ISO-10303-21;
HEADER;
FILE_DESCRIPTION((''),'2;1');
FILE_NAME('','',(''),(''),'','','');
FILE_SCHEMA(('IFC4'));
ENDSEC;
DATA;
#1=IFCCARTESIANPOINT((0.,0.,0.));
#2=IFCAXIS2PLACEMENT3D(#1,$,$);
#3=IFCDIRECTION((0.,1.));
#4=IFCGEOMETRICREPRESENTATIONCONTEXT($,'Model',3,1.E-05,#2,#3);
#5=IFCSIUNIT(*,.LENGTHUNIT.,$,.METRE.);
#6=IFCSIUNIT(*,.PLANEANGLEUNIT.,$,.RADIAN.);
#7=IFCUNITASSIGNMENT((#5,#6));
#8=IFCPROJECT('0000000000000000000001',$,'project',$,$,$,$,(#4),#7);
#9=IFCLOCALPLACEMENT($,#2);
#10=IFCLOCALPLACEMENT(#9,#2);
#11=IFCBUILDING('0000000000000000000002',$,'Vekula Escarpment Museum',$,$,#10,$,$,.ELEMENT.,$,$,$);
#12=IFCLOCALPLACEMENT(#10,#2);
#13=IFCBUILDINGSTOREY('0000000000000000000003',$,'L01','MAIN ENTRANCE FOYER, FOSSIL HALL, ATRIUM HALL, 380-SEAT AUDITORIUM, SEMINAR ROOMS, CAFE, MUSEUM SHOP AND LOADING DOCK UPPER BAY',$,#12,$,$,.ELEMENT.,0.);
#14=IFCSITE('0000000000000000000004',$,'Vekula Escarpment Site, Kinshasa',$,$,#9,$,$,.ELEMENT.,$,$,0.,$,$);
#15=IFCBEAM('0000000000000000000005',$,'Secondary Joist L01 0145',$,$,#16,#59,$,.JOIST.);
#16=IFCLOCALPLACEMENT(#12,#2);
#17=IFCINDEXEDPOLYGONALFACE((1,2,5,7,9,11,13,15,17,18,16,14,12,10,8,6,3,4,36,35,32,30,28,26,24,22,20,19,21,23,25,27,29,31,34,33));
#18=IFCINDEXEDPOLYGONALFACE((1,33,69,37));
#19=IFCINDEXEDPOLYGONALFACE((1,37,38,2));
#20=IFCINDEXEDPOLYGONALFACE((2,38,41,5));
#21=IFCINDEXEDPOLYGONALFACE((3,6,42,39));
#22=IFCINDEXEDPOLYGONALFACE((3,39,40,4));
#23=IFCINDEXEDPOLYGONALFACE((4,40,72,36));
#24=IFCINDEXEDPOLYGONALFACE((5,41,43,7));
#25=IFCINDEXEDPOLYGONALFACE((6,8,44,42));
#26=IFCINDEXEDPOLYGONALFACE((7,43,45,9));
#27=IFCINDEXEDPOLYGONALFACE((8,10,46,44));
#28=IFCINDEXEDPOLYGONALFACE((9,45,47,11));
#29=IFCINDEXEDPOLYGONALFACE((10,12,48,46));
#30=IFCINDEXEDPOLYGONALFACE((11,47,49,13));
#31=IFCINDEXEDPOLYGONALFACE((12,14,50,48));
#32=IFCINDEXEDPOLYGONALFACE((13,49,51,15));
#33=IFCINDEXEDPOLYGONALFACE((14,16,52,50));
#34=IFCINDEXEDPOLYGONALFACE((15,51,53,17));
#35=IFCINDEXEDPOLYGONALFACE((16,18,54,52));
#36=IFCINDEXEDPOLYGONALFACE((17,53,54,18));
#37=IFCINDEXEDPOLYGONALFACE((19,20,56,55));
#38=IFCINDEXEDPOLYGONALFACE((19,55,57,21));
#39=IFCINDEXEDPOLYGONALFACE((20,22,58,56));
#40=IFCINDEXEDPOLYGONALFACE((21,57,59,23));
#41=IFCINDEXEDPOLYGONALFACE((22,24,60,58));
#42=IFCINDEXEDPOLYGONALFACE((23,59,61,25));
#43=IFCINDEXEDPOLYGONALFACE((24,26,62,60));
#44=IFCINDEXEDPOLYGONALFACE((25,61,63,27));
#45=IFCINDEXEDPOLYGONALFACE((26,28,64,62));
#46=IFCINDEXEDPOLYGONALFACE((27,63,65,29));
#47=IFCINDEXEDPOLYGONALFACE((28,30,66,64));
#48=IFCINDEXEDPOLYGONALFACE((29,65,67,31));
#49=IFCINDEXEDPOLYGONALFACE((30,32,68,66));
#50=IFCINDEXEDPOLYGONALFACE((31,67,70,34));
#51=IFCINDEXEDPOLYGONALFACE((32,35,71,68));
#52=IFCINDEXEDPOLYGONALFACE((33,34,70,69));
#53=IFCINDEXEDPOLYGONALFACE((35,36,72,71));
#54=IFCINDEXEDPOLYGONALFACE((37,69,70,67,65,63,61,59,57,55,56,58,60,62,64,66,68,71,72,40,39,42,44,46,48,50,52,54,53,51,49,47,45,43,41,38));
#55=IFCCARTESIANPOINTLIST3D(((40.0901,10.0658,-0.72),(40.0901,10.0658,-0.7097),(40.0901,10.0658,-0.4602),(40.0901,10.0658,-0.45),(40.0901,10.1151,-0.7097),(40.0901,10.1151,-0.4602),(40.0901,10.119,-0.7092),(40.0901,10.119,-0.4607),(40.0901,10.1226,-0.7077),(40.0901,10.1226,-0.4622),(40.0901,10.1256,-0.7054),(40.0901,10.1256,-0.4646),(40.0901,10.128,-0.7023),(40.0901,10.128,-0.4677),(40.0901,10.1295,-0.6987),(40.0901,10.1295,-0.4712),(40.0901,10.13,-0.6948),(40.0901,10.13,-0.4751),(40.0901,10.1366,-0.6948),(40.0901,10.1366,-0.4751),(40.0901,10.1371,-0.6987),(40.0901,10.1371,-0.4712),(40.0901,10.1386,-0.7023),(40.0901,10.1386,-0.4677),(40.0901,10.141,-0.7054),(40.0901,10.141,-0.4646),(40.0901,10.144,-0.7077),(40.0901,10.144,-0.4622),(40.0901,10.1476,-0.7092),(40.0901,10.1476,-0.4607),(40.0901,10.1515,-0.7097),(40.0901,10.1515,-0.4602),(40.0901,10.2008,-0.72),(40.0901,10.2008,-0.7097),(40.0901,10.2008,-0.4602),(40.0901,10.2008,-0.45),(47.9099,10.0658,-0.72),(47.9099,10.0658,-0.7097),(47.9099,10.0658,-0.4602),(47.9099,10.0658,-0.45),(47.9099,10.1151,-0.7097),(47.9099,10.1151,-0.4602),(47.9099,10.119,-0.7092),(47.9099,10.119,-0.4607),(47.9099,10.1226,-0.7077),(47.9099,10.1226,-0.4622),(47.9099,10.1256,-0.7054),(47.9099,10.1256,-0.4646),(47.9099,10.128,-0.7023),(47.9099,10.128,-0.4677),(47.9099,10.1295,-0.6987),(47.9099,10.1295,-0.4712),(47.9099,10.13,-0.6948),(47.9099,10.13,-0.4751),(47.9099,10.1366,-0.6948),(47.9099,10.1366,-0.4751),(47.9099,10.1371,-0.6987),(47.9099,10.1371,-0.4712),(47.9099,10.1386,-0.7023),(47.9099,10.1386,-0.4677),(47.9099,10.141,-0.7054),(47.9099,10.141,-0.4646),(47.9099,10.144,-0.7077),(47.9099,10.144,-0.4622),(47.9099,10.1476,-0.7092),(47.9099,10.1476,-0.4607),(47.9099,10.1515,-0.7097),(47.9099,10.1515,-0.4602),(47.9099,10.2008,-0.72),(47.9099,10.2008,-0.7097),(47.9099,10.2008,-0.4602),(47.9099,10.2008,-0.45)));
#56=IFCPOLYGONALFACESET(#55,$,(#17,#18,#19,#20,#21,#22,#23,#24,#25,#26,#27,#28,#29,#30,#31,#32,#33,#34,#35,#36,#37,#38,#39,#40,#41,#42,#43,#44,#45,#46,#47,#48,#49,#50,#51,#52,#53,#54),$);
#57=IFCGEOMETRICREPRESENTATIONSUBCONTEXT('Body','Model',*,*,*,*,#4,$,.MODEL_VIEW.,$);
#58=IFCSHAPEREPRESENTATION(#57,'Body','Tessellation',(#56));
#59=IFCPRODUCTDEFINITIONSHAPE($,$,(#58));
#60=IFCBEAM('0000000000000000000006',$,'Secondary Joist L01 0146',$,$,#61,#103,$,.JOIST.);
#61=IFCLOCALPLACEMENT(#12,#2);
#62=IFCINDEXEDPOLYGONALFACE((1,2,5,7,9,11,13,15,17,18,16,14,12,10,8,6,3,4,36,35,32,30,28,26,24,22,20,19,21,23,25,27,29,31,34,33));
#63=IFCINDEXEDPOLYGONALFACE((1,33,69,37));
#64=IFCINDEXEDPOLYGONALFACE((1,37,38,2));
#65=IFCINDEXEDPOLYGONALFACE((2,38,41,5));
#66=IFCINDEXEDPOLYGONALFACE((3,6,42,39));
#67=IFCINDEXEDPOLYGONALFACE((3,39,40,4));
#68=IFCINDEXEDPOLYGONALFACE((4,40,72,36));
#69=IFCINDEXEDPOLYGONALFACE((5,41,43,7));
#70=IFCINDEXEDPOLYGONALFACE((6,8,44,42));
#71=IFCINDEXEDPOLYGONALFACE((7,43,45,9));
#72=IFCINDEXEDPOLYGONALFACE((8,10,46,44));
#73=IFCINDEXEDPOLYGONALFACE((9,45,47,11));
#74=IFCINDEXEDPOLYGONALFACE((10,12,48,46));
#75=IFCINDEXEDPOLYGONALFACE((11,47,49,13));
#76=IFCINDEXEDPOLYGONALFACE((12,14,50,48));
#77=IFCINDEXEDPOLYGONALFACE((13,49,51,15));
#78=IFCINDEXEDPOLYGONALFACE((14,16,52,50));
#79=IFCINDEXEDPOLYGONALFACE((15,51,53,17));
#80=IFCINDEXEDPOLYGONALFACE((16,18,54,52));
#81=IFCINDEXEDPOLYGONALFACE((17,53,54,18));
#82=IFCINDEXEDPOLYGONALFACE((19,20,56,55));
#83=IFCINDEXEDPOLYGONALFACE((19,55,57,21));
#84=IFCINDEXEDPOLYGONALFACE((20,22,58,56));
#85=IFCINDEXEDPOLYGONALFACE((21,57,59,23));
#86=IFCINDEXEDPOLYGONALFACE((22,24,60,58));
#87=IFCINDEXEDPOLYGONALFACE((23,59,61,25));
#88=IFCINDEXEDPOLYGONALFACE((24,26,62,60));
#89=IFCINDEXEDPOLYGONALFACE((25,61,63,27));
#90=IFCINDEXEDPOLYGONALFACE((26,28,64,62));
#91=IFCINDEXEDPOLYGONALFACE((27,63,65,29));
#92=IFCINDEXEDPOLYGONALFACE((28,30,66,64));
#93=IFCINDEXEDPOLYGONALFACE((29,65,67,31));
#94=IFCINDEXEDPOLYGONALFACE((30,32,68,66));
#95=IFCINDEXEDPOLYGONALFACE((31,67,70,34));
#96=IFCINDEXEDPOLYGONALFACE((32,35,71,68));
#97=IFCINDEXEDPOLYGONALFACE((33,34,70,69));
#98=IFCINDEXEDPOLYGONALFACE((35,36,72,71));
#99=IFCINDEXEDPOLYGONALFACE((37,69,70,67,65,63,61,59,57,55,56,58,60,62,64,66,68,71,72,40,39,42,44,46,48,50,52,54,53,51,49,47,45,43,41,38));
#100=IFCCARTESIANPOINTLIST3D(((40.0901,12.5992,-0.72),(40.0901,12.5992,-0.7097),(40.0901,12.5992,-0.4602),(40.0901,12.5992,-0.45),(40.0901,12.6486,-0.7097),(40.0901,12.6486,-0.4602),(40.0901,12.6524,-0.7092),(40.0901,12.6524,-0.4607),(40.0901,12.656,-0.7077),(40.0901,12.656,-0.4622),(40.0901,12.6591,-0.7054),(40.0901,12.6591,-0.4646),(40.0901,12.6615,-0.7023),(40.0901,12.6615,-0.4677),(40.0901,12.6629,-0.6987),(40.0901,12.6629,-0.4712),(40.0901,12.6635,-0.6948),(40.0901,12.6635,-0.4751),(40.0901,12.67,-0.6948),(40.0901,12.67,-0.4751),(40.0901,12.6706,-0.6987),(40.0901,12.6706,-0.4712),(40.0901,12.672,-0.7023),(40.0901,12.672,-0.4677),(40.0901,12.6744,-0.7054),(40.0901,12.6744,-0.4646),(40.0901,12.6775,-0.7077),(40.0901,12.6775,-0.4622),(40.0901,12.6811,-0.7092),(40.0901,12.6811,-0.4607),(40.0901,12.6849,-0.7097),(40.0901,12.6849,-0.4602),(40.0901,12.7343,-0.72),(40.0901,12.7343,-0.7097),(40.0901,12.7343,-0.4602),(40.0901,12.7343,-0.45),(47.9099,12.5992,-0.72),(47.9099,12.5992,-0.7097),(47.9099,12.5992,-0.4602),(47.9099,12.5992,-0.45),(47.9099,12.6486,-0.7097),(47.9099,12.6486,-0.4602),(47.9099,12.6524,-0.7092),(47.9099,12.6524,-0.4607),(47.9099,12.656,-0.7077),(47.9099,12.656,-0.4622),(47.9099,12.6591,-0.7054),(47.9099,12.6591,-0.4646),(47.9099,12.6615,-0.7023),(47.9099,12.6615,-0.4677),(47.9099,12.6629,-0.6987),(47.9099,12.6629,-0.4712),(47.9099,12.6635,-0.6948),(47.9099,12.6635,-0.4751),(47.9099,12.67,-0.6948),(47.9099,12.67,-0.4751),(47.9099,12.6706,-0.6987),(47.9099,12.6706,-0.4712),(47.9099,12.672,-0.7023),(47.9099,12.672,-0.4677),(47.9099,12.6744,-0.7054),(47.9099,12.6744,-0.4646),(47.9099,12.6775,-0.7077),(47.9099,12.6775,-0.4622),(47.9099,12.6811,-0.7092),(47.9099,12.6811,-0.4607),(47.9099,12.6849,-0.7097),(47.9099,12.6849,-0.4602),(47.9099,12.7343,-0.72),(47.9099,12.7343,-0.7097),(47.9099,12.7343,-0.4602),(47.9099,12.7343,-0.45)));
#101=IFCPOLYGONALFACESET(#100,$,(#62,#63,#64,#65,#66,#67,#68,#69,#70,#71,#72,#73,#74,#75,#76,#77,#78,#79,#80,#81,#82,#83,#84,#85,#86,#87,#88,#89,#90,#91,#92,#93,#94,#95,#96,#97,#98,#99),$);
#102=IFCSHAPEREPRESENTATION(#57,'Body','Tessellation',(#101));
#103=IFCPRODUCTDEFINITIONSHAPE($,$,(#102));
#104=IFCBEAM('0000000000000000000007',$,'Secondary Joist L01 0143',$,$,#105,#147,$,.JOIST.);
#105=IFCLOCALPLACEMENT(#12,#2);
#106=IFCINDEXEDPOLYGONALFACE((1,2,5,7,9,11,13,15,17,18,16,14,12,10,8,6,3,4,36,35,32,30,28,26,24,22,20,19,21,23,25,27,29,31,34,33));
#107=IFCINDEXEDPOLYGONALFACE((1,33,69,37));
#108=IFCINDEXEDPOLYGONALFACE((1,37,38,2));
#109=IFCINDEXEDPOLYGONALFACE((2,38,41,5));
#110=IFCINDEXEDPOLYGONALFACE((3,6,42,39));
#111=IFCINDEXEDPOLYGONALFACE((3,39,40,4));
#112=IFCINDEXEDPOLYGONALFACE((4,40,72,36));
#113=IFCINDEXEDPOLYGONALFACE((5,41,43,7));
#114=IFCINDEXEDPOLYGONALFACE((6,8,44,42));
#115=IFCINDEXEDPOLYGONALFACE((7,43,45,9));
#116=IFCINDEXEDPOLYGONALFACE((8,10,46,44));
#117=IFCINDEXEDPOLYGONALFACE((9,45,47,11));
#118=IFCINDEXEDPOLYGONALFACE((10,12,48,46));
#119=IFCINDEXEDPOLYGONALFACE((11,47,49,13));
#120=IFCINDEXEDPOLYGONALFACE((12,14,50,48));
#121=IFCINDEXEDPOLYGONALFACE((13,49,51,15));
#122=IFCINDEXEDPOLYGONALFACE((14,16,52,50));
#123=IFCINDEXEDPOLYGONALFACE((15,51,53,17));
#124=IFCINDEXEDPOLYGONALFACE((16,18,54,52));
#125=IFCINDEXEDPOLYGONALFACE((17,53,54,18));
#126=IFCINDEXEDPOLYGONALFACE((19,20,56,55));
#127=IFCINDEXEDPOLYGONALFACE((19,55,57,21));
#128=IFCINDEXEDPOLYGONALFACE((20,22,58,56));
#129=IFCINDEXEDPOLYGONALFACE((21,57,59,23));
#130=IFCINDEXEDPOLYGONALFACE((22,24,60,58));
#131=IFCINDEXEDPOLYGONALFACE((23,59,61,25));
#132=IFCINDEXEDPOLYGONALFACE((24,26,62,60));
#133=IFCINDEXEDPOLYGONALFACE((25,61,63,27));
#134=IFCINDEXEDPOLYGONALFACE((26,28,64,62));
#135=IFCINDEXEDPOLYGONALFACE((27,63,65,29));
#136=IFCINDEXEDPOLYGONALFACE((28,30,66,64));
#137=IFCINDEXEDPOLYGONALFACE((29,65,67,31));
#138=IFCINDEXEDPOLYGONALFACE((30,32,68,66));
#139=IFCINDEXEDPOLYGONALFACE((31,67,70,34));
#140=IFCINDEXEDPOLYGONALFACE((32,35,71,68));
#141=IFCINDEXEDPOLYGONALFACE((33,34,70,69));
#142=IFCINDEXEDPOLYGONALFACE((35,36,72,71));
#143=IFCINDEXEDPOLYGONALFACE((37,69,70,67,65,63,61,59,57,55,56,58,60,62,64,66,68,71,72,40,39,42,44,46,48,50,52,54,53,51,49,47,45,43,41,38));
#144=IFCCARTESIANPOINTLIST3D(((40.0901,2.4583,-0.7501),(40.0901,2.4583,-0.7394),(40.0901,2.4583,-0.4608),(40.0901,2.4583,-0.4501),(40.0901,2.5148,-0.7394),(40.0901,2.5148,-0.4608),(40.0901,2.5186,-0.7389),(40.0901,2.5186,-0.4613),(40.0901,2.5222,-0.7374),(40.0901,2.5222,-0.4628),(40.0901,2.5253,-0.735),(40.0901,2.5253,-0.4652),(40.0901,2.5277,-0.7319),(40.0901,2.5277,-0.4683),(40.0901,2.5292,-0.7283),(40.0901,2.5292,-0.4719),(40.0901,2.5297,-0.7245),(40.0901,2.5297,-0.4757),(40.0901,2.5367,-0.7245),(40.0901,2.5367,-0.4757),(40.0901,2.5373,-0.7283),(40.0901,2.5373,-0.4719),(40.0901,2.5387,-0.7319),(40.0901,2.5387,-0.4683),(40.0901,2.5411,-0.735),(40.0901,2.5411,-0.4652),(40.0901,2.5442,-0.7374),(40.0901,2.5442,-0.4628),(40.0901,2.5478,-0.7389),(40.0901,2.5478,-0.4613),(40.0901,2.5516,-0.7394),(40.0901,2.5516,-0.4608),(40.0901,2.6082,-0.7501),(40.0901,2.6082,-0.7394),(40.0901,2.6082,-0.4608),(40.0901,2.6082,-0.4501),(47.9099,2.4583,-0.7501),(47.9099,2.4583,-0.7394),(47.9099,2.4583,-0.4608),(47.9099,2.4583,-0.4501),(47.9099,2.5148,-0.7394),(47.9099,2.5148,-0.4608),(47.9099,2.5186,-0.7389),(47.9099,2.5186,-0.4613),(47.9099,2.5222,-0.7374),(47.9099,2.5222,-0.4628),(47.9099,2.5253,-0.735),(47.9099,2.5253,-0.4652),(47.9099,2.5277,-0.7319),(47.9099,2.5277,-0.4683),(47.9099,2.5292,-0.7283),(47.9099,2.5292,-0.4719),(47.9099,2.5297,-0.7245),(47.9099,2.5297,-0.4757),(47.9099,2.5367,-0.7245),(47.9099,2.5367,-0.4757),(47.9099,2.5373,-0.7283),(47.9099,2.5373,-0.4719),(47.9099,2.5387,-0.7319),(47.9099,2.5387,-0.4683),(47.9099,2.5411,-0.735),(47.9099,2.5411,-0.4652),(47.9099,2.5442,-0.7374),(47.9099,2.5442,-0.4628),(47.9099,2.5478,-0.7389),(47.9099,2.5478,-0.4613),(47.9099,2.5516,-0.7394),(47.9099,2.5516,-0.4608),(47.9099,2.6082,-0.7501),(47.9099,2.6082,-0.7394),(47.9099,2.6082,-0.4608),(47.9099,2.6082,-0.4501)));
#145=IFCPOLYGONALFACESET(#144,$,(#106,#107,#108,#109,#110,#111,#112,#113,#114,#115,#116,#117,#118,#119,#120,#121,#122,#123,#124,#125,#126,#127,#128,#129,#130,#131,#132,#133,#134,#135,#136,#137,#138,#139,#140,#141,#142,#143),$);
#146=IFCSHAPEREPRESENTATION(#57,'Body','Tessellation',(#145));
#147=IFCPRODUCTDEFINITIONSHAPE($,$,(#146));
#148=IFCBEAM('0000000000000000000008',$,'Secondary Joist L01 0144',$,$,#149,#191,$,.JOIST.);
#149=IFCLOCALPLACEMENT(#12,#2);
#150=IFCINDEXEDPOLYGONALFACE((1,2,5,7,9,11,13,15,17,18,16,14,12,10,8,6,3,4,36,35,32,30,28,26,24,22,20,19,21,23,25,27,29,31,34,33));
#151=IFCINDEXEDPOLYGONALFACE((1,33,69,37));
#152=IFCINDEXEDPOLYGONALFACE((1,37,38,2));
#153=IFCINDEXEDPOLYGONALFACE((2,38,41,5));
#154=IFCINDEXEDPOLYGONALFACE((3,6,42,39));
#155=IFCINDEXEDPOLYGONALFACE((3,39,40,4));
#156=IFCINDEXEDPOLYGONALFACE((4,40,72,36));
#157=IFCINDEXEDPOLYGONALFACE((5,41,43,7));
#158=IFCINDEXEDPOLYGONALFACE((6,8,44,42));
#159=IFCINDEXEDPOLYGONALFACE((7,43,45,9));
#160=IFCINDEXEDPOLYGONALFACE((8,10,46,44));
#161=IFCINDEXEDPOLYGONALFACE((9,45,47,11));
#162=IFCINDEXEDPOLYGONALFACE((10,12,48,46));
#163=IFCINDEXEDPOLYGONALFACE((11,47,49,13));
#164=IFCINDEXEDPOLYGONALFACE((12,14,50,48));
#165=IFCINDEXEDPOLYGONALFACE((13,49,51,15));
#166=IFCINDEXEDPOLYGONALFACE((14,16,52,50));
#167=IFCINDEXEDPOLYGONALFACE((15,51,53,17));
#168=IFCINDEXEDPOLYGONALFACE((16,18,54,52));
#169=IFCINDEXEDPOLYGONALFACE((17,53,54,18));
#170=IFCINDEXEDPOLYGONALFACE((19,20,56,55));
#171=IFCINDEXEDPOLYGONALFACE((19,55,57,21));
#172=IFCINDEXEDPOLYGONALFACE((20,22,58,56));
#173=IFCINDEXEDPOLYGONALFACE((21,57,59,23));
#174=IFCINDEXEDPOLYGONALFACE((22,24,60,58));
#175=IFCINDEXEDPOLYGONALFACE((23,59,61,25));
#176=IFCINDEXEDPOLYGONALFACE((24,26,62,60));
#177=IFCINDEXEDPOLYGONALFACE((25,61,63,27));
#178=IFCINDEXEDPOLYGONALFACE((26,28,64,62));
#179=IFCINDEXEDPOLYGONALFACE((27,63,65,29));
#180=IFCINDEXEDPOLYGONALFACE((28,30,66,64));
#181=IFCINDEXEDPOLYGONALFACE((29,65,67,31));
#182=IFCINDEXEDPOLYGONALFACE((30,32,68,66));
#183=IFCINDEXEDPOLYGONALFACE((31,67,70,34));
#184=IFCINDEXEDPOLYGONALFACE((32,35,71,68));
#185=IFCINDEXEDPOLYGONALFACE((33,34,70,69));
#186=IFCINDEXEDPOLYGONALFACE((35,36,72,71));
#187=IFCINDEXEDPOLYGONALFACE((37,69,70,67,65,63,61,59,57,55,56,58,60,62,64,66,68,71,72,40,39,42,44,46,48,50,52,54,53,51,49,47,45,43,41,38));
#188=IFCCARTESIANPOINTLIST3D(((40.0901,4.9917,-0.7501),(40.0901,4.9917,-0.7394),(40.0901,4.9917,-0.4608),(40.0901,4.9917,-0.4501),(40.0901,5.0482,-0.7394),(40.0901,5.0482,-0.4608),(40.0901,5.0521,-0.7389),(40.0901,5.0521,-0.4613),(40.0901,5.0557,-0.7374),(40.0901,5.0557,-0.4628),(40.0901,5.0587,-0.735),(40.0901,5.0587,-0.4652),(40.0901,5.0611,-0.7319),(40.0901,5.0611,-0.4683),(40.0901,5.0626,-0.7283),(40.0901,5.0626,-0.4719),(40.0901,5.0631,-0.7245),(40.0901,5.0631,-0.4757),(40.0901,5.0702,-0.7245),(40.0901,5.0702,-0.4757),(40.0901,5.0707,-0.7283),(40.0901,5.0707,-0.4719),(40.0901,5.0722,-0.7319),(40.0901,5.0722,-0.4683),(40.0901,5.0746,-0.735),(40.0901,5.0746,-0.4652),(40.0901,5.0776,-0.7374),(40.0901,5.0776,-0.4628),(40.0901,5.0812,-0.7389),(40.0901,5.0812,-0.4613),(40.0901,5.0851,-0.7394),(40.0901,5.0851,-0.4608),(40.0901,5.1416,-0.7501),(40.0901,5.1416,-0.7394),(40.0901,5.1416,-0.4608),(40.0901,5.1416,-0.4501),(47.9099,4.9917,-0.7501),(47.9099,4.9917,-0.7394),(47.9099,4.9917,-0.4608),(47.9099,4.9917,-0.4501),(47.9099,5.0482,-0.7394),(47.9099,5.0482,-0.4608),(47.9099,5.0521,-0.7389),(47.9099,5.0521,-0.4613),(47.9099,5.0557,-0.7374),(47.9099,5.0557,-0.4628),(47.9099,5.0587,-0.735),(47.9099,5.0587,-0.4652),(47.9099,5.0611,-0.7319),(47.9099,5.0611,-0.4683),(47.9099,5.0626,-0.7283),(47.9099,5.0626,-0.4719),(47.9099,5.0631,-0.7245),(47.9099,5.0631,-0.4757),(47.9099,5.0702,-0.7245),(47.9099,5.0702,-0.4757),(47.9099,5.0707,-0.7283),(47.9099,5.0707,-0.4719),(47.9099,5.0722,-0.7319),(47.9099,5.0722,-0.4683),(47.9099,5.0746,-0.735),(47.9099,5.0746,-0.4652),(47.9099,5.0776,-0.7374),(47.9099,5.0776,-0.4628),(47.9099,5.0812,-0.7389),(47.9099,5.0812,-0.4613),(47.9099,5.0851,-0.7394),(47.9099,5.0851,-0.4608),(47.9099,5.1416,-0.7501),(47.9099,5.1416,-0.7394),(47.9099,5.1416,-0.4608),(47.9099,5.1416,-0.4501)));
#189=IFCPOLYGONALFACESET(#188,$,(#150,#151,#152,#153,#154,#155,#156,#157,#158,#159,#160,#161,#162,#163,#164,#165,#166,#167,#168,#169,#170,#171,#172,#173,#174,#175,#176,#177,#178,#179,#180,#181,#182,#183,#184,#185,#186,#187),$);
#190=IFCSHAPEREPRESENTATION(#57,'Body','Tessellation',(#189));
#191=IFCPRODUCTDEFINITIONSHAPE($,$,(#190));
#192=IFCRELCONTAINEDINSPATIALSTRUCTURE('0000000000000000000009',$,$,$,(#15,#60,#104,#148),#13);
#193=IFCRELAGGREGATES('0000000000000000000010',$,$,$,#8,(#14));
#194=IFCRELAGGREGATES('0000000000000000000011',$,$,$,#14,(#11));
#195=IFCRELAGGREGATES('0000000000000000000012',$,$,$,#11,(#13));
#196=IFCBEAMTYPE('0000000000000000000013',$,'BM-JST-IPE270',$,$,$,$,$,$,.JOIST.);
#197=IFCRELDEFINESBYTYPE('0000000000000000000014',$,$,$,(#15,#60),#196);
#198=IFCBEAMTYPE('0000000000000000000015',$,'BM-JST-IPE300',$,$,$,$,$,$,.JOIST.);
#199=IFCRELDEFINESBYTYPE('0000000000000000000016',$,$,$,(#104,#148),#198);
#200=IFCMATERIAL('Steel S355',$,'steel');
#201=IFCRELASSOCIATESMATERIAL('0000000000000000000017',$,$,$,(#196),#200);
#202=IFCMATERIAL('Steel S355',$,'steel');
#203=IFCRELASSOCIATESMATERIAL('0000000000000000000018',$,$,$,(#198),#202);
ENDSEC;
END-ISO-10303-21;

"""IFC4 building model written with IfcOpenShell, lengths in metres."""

from ifc_helpers import new_model, si_unit, direction, frame, origin, origin_2d, place, context, subcontext, project, spatial, i_section, extrude, material, material_profile, profile_set, type_object, element, save


model = new_model("IFC4")

# Units and contexts
model_context = context("Model", 3, precision=1e-05, world=origin(), true_north=direction((0.0, 1.0)))
body_context = subcontext(model_context, "Body", "Model", "MODEL_VIEW")
ifc_project = project(units=[si_unit("LENGTHUNIT", "METRE"), si_unit("PLANEANGLEUNIT", "RADIAN")], contexts=[model_context])

# Site, building, storey
site_placement = place(None, origin())
site = spatial("IfcSite", under=ifc_project, at=site_placement, Name="Vekula Escarpment Site, Kinshasa", CompositionType="ELEMENT", RefElevation=0.0)
building_placement = place(site_placement, origin())
building = spatial("IfcBuilding", under=site, at=building_placement, Name="Vekula Escarpment Museum", CompositionType="ELEMENT")
storey_placement = place(building_placement, origin())
storey = spatial("IfcBuildingStorey", under=building, at=storey_placement, Name="L01", Description="MAIN ENTRANCE FOYER, FOSSIL HALL, ATRIUM HALL, 380-SEAT AUDITORIUM, SEMINAR ROOMS, CAFE, MUSEUM SHOP AND LOADING DOCK UPPER BAY", CompositionType="ELEMENT", Elevation=0.0)

# Beams
ifc_material_1 = material(Name="Steel S355", Category="steel")
ifc_material_profile_1 = material_profile(ifc_material_1, i_section(OverallWidth=0.135, OverallDepth=0.27, WebThickness=0.0066, FlangeThickness=0.0103, FilletRadius=0.0149, at=origin_2d()), Name="IPE 270")
ifc_profile_set_1 = profile_set([ifc_material_profile_1], Name="Steel S355")
beam_type_1 = type_object("IfcBeamType", Name="BM-JST-IPE270", PredefinedType="JOIST", material=ifc_profile_set_1)
for number, where, z_axis, x_axis, name in (
    (1, (40.0901, 10.1333, -0.585), (1.0, 0.0, 0.0), (0.0, 1.0, 0.0), "Secondary Joist L01 0145"),
    (2, (40.0901, 12.6667, -0.585), (1.0, 0.0, 0.0), (0.0, 1.0, 0.0), "Secondary Joist L01 0146"),
):
    element("IfcBeam", number, at=place(storey_placement, frame(where, z_axis=z_axis, x_axis=x_axis)), inside=storey, type_object=beam_type_1, Name=name, PredefinedType="JOIST", context=body_context, shape_type="SweptSolid", body=[
        extrude(i_section(OverallWidth=0.135, OverallDepth=0.27, WebThickness=0.0066, FlangeThickness=0.0103, FilletRadius=0.0149, at=origin_2d()), origin(), (0.0, 0.0, 1.0), 7.8198),
    ])
ifc_material_2 = material(Name="Steel S355", Category="steel")
ifc_material_profile_2 = material_profile(ifc_material_2, i_section(OverallWidth=0.1499, OverallDepth=0.3, WebThickness=0.0071, FlangeThickness=0.0107, FilletRadius=0.0149, at=origin_2d()), Name="IPE 300")
ifc_profile_set_2 = profile_set([ifc_material_profile_2], Name="Steel S355")
beam_type_2 = type_object("IfcBeamType", Name="BM-JST-IPE300", PredefinedType="JOIST", material=ifc_profile_set_2)
for number, where, z_axis, x_axis, name in (
    (3, (40.0901, 2.5332, -0.6001), (1.0, 0.0, 0.0), (0.0, 1.0, 0.0), "Secondary Joist L01 0143"),
    (4, (40.0901, 5.0667, -0.6001), (1.0, 0.0, 0.0), (0.0, 1.0, 0.0), "Secondary Joist L01 0144"),
):
    element("IfcBeam", number, at=place(storey_placement, frame(where, z_axis=z_axis, x_axis=x_axis)), inside=storey, type_object=beam_type_2, Name=name, PredefinedType="JOIST", context=body_context, shape_type="SweptSolid", body=[
        extrude(i_section(OverallWidth=0.1499, OverallDepth=0.3, WebThickness=0.0071, FlangeThickness=0.0107, FilletRadius=0.0149, at=origin_2d()), origin(), (0.0, 0.0, 1.0), 7.8198),
    ])

save(model, "model.ifc")
